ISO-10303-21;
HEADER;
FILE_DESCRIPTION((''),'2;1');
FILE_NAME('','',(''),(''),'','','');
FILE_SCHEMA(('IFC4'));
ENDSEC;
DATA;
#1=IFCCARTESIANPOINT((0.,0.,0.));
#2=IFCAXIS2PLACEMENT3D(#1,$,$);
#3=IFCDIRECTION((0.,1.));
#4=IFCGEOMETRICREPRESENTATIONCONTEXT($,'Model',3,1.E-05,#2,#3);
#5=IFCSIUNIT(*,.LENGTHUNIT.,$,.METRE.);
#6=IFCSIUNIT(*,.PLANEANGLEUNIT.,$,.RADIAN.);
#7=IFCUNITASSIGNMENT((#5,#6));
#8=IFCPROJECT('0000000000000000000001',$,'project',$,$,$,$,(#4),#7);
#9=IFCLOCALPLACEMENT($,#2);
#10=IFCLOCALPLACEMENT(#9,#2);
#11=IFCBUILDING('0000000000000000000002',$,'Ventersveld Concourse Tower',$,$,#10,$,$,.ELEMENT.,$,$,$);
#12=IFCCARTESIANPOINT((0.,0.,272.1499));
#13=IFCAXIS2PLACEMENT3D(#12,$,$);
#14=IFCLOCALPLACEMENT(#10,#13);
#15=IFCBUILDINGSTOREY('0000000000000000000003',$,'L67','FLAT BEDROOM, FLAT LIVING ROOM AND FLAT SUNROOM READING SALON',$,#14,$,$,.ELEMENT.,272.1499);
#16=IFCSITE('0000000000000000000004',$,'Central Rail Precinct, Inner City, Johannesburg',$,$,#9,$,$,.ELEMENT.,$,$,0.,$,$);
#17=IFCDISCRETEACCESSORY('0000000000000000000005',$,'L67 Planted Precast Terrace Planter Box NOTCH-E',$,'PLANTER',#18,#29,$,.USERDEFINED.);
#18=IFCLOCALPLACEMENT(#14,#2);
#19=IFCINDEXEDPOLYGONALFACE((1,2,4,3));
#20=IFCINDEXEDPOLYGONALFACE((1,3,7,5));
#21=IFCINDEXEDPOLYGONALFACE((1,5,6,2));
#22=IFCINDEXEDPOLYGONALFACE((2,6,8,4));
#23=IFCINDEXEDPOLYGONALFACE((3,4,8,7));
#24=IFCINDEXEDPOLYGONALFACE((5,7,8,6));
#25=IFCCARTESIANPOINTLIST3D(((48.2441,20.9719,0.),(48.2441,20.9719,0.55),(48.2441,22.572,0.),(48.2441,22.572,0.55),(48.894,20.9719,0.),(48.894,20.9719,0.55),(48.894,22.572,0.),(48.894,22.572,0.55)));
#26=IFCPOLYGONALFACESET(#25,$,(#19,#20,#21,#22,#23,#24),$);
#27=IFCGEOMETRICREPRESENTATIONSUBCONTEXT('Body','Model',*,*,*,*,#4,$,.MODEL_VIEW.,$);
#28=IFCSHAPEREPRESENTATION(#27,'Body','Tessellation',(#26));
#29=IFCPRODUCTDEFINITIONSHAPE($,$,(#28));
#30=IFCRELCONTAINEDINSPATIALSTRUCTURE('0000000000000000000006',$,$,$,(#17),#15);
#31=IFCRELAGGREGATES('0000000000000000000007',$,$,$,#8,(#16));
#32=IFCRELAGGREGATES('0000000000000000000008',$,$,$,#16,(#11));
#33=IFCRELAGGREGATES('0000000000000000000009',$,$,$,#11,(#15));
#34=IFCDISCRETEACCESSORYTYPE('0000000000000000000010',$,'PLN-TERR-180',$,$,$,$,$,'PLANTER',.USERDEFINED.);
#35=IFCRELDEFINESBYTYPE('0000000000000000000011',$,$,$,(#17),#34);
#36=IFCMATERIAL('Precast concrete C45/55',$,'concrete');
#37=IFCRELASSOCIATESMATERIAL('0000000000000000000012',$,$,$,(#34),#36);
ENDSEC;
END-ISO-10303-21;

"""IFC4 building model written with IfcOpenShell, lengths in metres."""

from ifc_helpers import new_model, si_unit, direction, frame, origin, origin_2d, place, context, subcontext, project, spatial, rectangle, extrude, material, type_object, element, save


model = new_model("IFC4")

# Units and contexts
model_context = context("Model", 3, precision=1e-05, world=origin(), true_north=direction((0.0, 1.0)))
body_context = subcontext(model_context, "Body", "Model", "MODEL_VIEW")
ifc_project = project(units=[si_unit("LENGTHUNIT", "METRE"), si_unit("PLANEANGLEUNIT", "RADIAN")], contexts=[model_context])

# Site, building, storey
site_placement = place(None, origin())
site = spatial("IfcSite", under=ifc_project, at=site_placement, Name="Central Rail Precinct, Inner City, Johannesburg", CompositionType="ELEMENT", RefElevation=0.0)
building_placement = place(site_placement, origin())
building = spatial("IfcBuilding", under=site, at=building_placement, Name="Ventersveld Concourse Tower", CompositionType="ELEMENT")
storey_placement = place(building_placement, frame((0.0, 0.0, 272.1499)))
storey = spatial("IfcBuildingStorey", under=building, at=storey_placement, Name="L67", Description="FLAT BEDROOM, FLAT LIVING ROOM AND FLAT SUNROOM READING SALON", CompositionType="ELEMENT", Elevation=272.1499)

# Shared definitions
ifc_material_1 = material(Name="Precast concrete C45/55", Category="concrete")

# Discrete accessory
discrete_accessory_type = type_object("IfcDiscreteAccessoryType", Name="PLN-TERR-180", ElementType="PLANTER", PredefinedType="USERDEFINED", material=ifc_material_1)
discrete_accessory_placement = place(storey_placement, frame((48.5691, 21.772, 0.0), z_axis=(0.0, 0.0, 1.0), x_axis=(0.0, 1.0, 0.0)))
element("IfcDiscreteAccessory", 1, at=discrete_accessory_placement, inside=storey, type_object=discrete_accessory_type, Name="L67 Planted Precast Terrace Planter Box NOTCH-E", ObjectType="PLANTER", PredefinedType="USERDEFINED", context=body_context, shape_type="SweptSolid", body=[
    extrude(rectangle(XDim=1.6001, YDim=0.6499, at=origin_2d()), origin(), (0.0, 0.0, 1.0), 0.55),
])

save(model, "model.ifc")
